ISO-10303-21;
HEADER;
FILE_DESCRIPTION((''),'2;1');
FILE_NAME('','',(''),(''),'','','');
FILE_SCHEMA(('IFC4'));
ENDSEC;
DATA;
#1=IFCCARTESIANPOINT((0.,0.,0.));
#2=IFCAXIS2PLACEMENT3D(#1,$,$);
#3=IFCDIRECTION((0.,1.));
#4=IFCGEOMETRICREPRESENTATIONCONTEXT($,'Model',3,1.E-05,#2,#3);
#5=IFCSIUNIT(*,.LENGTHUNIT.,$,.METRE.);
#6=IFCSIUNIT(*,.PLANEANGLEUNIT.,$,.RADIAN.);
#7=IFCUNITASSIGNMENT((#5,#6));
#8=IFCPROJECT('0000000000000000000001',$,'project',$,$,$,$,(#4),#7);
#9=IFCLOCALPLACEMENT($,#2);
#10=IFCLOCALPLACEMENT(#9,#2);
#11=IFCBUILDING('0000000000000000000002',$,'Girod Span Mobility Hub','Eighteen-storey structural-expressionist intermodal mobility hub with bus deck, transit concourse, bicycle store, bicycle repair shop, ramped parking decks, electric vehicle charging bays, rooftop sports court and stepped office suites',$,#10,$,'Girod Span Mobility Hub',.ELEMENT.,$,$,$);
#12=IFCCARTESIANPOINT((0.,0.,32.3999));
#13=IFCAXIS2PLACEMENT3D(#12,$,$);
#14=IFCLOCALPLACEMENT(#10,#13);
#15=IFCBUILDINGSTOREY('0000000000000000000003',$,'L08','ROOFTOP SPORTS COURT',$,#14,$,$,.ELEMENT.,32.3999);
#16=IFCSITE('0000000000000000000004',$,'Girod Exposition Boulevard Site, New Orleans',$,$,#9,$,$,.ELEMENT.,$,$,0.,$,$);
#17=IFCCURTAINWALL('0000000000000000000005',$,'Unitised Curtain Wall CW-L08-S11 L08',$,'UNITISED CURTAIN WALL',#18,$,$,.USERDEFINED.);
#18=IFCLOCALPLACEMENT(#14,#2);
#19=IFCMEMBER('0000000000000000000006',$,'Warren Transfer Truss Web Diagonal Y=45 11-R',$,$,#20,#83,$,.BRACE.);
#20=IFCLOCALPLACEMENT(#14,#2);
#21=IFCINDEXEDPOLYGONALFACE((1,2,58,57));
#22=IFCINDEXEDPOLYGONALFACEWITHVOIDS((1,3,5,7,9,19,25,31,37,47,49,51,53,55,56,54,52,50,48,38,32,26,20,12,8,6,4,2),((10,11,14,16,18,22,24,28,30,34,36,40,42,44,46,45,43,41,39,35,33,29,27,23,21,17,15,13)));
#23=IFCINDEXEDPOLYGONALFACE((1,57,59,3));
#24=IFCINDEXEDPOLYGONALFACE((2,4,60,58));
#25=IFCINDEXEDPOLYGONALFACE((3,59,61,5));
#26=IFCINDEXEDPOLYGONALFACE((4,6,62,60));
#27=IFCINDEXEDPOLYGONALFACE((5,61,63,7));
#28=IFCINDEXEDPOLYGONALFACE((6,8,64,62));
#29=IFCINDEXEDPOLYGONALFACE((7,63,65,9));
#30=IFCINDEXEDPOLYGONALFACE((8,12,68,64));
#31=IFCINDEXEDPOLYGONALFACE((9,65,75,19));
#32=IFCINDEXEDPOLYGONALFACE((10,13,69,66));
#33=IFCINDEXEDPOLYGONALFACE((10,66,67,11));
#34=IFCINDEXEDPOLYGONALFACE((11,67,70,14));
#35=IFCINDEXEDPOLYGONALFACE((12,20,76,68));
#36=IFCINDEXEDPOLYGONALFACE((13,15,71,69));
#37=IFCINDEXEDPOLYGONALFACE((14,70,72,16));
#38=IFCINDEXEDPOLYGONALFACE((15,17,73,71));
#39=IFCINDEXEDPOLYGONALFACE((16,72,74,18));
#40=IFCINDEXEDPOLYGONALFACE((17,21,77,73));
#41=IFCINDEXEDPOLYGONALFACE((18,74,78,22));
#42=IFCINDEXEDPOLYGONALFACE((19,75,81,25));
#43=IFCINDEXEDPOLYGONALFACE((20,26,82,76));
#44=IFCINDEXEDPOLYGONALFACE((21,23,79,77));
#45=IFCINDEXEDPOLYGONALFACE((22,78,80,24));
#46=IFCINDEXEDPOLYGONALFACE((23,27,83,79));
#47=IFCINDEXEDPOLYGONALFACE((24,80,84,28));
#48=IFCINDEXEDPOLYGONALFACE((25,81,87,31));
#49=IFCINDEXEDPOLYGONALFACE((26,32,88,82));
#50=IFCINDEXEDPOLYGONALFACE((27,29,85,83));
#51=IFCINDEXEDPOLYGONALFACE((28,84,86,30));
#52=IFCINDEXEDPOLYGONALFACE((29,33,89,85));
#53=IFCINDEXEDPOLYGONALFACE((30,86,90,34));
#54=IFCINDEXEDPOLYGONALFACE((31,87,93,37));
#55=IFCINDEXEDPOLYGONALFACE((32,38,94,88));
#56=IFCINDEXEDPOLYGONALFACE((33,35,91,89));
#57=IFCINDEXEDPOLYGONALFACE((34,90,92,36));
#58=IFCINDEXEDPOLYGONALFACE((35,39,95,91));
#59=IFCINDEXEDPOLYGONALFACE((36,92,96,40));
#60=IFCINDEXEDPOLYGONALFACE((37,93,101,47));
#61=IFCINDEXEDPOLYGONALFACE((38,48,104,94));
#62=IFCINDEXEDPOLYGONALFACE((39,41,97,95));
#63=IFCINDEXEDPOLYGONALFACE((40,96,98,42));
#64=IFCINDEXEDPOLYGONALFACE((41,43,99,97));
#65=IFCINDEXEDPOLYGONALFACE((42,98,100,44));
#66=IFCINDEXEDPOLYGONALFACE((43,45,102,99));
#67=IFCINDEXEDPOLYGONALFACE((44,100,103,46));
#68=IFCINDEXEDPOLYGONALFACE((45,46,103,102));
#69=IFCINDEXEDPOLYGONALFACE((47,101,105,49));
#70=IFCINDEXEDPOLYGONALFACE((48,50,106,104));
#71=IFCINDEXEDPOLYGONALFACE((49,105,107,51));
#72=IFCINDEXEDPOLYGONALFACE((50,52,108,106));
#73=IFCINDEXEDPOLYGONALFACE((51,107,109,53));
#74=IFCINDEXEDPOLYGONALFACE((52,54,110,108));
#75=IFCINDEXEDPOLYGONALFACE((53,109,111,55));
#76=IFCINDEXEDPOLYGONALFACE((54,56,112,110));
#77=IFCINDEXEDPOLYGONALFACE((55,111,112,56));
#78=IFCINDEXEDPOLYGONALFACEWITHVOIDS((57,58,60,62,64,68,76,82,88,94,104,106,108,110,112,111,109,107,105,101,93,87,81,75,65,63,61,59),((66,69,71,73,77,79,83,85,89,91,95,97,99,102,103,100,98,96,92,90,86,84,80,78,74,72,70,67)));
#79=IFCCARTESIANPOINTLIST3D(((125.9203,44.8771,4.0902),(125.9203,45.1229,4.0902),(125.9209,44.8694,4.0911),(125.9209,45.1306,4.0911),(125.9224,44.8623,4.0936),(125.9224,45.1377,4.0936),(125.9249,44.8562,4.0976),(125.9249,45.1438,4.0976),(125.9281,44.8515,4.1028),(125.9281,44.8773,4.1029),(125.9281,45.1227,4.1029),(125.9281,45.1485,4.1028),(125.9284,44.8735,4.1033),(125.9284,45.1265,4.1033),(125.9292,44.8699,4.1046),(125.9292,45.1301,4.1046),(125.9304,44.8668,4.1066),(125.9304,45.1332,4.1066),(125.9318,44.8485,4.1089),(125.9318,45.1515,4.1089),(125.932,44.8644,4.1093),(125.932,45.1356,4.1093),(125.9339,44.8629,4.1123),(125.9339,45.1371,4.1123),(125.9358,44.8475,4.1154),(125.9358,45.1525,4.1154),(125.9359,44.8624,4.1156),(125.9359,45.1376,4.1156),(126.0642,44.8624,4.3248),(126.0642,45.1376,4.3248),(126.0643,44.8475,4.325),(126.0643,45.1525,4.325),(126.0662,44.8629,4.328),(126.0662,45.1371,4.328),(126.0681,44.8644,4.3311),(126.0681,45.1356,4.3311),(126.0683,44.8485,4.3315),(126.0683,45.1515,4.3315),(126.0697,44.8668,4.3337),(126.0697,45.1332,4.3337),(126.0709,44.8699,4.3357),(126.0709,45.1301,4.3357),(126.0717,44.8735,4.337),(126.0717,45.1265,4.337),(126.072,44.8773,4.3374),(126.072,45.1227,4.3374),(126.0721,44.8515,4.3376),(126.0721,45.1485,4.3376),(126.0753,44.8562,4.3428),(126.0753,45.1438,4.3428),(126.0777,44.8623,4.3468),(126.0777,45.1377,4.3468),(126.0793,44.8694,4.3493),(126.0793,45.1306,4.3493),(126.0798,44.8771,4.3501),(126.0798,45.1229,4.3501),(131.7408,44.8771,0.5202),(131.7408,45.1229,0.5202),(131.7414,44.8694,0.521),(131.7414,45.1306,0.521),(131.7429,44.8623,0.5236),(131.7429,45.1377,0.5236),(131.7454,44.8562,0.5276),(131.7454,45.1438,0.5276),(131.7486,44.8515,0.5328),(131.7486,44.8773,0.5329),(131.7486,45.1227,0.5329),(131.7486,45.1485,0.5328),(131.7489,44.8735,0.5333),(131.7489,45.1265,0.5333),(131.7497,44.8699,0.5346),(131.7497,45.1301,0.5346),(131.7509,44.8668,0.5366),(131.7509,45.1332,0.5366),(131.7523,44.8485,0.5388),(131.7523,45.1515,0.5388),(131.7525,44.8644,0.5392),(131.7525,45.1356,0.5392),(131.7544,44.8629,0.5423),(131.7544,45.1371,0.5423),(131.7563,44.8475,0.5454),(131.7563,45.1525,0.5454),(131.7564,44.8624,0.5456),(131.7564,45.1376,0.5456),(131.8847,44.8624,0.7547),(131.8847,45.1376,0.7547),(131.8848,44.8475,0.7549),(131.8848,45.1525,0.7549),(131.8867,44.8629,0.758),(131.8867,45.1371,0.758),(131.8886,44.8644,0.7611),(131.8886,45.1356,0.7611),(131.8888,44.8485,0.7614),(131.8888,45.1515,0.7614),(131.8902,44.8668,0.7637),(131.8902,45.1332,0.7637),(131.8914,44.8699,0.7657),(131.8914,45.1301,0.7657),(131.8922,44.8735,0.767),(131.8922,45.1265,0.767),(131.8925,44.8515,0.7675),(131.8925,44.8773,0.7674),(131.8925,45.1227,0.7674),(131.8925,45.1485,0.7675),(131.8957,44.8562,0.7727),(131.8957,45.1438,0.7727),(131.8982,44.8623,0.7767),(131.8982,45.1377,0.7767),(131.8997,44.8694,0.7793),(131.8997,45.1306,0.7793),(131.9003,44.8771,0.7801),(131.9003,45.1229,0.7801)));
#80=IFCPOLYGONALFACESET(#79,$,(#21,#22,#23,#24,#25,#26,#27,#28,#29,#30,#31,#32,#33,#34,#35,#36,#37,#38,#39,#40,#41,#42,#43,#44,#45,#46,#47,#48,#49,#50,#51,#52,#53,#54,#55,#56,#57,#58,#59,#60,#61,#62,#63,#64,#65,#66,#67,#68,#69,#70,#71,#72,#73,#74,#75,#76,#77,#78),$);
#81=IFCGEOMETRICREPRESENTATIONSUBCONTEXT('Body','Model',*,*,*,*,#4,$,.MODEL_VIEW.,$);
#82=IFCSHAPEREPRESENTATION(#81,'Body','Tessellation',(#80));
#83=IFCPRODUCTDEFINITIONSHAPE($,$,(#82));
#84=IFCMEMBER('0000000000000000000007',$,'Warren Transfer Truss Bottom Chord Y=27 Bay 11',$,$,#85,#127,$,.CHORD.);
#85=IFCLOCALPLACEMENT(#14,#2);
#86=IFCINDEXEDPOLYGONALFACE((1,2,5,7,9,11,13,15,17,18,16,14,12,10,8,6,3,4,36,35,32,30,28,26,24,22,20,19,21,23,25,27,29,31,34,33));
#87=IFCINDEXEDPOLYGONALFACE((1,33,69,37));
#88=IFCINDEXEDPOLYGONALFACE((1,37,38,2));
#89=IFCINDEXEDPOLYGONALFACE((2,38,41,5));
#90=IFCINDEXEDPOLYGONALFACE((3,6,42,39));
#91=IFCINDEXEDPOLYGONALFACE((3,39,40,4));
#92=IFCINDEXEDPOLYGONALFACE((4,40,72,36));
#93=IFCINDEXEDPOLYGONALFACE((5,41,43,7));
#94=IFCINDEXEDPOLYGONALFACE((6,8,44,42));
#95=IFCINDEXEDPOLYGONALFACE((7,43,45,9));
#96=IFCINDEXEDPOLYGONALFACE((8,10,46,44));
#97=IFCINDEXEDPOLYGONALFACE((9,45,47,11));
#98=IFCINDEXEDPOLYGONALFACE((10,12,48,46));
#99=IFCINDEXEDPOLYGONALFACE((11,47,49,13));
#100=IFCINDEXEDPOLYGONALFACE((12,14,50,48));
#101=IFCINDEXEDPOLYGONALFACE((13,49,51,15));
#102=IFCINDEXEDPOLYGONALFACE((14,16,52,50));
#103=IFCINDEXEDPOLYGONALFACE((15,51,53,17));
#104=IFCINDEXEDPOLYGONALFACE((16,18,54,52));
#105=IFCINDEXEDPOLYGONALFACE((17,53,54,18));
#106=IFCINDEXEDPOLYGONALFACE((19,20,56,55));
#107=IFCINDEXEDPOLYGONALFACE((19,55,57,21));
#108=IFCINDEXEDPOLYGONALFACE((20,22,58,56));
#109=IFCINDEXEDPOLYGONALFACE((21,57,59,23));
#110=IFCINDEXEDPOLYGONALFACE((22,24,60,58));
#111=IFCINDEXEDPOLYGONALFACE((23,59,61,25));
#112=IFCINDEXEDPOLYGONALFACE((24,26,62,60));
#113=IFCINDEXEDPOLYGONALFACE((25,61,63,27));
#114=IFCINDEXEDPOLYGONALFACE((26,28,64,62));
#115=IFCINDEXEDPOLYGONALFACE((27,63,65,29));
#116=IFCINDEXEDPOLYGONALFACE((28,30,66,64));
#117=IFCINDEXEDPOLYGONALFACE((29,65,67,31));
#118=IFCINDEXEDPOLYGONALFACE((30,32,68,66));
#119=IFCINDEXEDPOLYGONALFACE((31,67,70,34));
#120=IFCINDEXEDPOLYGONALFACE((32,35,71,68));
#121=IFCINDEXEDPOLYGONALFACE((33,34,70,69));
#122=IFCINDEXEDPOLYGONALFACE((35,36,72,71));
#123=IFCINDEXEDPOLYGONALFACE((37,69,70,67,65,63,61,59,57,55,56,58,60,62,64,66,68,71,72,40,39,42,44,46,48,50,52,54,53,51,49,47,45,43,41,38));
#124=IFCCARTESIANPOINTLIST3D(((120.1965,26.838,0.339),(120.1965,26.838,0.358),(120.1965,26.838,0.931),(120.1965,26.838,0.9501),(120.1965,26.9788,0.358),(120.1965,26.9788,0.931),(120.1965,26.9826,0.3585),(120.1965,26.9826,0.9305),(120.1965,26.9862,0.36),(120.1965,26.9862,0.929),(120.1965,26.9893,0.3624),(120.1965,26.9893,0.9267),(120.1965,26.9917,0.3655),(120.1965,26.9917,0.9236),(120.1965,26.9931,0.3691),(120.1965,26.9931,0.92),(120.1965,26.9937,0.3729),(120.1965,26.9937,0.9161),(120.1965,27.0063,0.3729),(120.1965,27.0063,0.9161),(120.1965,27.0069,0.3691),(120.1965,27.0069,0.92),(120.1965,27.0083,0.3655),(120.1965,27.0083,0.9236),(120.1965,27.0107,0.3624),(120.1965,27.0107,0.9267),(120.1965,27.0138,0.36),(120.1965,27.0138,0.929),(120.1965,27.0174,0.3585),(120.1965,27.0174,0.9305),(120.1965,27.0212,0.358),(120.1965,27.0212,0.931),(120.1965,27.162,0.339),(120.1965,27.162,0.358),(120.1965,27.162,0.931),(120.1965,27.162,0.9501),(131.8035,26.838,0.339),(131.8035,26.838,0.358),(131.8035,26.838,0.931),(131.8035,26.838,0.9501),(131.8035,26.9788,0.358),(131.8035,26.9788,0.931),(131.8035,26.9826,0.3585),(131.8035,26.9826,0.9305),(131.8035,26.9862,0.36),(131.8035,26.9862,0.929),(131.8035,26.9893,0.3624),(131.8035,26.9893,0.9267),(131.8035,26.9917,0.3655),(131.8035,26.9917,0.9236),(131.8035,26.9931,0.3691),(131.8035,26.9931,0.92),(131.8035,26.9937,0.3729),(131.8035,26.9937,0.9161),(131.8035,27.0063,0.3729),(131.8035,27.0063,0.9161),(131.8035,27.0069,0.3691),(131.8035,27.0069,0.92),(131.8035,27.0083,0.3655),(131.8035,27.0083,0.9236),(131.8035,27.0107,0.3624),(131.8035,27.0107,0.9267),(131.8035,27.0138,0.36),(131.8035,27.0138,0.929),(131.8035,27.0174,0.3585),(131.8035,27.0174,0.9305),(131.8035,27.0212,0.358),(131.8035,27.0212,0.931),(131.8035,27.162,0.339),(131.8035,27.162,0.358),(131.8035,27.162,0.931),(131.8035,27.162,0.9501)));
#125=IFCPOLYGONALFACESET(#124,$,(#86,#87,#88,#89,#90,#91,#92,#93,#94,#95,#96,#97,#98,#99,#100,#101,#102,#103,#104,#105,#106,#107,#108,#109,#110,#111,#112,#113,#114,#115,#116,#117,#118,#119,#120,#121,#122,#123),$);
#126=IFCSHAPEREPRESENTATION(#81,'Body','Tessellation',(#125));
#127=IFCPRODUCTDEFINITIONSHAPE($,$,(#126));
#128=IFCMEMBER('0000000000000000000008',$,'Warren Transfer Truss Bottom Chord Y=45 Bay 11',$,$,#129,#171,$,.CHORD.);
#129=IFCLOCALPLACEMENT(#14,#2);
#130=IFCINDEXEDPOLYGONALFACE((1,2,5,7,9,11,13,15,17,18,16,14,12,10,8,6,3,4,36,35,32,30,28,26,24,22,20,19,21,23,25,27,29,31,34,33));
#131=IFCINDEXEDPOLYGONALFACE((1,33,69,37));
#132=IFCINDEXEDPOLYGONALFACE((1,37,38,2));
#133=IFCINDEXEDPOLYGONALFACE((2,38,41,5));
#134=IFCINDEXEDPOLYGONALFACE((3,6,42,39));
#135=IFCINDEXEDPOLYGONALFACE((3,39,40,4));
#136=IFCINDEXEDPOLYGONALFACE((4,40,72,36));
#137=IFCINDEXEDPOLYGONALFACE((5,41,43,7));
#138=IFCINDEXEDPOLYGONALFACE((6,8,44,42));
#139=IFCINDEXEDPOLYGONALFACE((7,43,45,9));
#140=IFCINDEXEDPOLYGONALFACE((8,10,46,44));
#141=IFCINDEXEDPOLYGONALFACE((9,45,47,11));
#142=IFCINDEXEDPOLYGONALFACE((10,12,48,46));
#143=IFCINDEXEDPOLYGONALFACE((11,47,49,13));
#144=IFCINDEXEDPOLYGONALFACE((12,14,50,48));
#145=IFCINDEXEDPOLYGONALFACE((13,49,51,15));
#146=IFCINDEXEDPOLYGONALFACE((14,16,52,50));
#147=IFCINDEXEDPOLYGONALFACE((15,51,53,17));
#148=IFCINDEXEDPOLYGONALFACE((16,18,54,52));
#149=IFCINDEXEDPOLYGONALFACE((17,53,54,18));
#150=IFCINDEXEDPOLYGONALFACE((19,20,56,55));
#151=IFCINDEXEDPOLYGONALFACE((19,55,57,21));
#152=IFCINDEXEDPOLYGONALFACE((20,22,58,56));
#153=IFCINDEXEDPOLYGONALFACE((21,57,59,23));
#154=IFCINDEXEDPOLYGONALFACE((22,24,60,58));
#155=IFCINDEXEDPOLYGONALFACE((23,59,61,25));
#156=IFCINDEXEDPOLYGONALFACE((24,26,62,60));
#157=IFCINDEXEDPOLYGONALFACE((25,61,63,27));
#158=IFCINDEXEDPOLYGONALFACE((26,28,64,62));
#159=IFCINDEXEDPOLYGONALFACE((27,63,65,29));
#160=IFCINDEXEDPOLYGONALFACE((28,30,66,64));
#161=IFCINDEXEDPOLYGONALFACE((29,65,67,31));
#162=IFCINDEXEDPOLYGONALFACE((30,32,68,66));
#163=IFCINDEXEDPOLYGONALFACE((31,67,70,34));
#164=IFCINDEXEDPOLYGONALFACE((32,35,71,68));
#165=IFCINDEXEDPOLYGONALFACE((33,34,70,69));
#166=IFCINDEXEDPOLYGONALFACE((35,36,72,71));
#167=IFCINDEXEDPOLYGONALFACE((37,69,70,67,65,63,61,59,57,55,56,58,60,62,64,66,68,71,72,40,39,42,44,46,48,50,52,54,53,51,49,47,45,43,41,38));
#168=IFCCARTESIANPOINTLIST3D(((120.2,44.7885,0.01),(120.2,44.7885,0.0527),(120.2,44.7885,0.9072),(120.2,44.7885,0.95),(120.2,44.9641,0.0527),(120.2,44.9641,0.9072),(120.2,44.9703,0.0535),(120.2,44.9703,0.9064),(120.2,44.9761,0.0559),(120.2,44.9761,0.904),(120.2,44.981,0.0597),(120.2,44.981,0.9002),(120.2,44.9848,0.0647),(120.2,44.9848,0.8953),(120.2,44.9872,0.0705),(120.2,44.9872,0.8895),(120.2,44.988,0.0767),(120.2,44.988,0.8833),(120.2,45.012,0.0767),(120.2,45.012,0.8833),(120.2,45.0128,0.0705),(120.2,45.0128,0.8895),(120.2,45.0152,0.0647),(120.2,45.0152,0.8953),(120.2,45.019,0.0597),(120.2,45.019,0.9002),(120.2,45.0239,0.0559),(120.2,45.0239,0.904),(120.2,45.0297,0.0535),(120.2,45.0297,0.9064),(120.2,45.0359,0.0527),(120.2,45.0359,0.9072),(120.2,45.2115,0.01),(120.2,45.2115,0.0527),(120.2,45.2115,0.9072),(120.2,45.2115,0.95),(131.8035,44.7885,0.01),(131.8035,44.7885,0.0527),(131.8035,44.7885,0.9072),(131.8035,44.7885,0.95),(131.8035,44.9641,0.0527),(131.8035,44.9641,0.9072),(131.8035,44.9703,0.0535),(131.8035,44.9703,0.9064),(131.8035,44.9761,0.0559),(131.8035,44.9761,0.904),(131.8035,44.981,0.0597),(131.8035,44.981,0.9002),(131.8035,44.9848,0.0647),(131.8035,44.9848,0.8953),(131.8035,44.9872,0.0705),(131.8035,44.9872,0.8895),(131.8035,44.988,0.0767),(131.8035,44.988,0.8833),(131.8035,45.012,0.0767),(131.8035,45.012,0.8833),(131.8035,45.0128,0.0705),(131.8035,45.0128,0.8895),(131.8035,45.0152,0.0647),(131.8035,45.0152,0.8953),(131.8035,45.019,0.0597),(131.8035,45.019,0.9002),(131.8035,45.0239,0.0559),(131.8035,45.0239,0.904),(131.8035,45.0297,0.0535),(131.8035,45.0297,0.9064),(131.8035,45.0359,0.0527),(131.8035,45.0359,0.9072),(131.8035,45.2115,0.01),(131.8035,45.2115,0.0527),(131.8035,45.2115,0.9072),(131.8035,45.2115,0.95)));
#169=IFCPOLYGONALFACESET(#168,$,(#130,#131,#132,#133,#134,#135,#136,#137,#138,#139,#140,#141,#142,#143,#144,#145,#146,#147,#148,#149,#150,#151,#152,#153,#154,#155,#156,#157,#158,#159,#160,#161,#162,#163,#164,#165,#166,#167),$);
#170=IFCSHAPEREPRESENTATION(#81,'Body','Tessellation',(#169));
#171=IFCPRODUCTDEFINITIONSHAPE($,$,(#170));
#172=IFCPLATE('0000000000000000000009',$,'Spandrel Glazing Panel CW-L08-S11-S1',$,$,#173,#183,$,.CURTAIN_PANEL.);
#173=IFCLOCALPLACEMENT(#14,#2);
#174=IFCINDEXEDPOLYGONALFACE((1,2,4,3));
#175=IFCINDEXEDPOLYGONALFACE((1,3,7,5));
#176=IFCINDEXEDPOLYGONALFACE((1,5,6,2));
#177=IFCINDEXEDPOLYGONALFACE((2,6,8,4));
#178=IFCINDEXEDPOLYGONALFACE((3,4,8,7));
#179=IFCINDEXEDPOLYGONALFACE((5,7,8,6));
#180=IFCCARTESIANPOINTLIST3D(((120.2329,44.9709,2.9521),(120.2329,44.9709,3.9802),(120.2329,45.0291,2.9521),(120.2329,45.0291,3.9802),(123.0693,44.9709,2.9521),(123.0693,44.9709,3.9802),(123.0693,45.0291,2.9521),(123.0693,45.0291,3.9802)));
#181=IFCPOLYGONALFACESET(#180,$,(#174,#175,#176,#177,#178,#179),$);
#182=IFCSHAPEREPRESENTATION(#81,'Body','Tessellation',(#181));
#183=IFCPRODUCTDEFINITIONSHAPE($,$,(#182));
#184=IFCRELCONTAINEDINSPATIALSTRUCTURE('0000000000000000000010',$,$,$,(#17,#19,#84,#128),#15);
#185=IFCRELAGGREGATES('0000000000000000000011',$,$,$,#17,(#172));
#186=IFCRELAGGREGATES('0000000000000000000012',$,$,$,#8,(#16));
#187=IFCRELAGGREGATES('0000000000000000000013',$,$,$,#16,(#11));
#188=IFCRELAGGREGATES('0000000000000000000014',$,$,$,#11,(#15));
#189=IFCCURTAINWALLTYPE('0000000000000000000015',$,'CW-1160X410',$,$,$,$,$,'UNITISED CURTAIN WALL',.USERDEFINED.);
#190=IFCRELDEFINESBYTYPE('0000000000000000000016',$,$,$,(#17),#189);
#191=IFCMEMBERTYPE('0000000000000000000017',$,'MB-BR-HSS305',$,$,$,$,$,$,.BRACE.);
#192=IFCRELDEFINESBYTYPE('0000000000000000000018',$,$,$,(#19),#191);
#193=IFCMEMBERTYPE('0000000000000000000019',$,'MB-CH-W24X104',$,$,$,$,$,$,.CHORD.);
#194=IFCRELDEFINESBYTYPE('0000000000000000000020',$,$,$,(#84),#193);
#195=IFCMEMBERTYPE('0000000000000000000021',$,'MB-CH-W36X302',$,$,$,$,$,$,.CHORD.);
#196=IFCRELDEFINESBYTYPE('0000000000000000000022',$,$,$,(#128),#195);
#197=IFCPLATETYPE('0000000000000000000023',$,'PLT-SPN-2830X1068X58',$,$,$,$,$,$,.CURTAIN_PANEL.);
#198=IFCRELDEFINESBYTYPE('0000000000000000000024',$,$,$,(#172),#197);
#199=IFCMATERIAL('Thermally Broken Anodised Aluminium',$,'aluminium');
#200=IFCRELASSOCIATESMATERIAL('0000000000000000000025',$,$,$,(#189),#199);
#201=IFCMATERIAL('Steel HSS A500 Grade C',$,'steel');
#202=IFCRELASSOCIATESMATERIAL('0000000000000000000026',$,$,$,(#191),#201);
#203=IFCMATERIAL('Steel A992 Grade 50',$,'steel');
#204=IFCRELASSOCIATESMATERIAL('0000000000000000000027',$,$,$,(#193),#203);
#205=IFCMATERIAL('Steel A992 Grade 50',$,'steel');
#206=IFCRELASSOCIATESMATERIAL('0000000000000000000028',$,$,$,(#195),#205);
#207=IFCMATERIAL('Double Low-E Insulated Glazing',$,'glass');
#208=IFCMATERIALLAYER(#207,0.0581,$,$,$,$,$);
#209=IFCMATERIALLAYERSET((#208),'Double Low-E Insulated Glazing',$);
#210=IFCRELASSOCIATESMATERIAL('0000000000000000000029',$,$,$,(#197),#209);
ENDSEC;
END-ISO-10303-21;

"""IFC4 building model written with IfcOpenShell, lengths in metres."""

from ifc_helpers import new_model, si_unit, direction, frame, origin, origin_2d, place, context, subcontext, project, spatial, rectangle, hollow_rectangle, i_section, extrude, material, layer, layer_set, material_profile, profile_set, type_object, element, aggregate, save


model = new_model("IFC4")

# Units and contexts
model_context = context("Model", 3, precision=1e-05, world=origin(), true_north=direction((0.0, 1.0)))
body_context = subcontext(model_context, "Body", "Model", "MODEL_VIEW")
ifc_project = project(units=[si_unit("LENGTHUNIT", "METRE"), si_unit("PLANEANGLEUNIT", "RADIAN")], contexts=[model_context])

# Site, building, storey
site_placement = place(None, origin())
site = spatial("IfcSite", under=ifc_project, at=site_placement, Name="Girod Exposition Boulevard Site, New Orleans", CompositionType="ELEMENT", RefElevation=0.0)
building_placement = place(site_placement, origin())
building = spatial("IfcBuilding", under=site, at=building_placement, Name="Girod Span Mobility Hub", Description="Eighteen-storey structural-expressionist intermodal mobility hub with bus deck, transit concourse, bicycle store, bicycle repair shop, ramped parking decks, electric vehicle charging bays, rooftop sports court and stepped office suites", LongName="Girod Span Mobility Hub", CompositionType="ELEMENT")
storey_placement = place(building_placement, frame((0.0, 0.0, 32.3999)))
storey = spatial("IfcBuildingStorey", under=building, at=storey_placement, Name="L08", Description="ROOFTOP SPORTS COURT", CompositionType="ELEMENT", Elevation=32.3999)

# Curtain wall
ifc_material_1 = material(Name="Thermally Broken Anodised Aluminium", Category="aluminium")
curtain_wall_type = type_object("IfcCurtainWallType", Name="CW-1160X410", ElementType="UNITISED CURTAIN WALL", PredefinedType="USERDEFINED", material=ifc_material_1)
curtain_wall_1_placement = place(storey_placement, origin())
curtain_wall_1 = element("IfcCurtainWall", 1, at=curtain_wall_1_placement, inside=storey, type_object=curtain_wall_type, Name="Unitised Curtain Wall CW-L08-S11 L08", ObjectType="UNITISED CURTAIN WALL", PredefinedType="USERDEFINED")

# Members
ifc_material_2 = material(Name="Steel HSS A500 Grade C", Category="steel")
ifc_material_profile_1 = material_profile(ifc_material_2, hollow_rectangle(XDim=0.3049, YDim=0.3049, WallThickness=0.0149, InnerFilletRadius=0.0149, OuterFilletRadius=0.0295, at=origin_2d()), Name="HSS305X305X16")
ifc_profile_set_1 = profile_set([ifc_material_profile_1], Name="Steel HSS A500 Grade C")
member_type_1 = type_object("IfcMemberType", Name="MB-BR-HSS305", PredefinedType="BRACE", material=ifc_profile_set_1)
member_1_placement = place(storey_placement, frame((131.8206, 45.0, 0.6501), z_axis=(-0.85243, 0.0, 0.522842), x_axis=(0.0, -1.0, 0.0)))
element("IfcMember", 2, at=member_1_placement, inside=storey, type_object=member_type_1, Name="Warren Transfer Truss Web Diagonal Y=45 11-R", PredefinedType="BRACE", context=body_context, shape_type="SweptSolid", body=[
    extrude(hollow_rectangle(XDim=0.3049, YDim=0.3049, WallThickness=0.0149, InnerFilletRadius=0.0149, OuterFilletRadius=0.0295, at=origin_2d()), origin(), (0.0, 0.0, 1.0), 6.8281),
])
ifc_material_3 = material(Name="Steel A992 Grade 50", Category="steel")
ifc_material_profile_2 = material_profile(ifc_material_3, i_section(OverallWidth=0.324, OverallDepth=0.6111, WebThickness=0.0127, FlangeThickness=0.019, FilletRadius=0.0149, at=origin_2d()), Name="W24X104")
ifc_profile_set_2 = profile_set([ifc_material_profile_2], Name="Steel A992 Grade 50")
member_type_2 = type_object("IfcMemberType", Name="MB-CH-W24X104", PredefinedType="CHORD", material=ifc_profile_set_2)
member_2_placement = place(storey_placement, frame((120.1965, 27.0, 0.6445), z_axis=(1.0, 0.0, 0.0), x_axis=(0.0, 1.0, 0.0)))
element("IfcMember", 3, at=member_2_placement, inside=storey, type_object=member_type_2, Name="Warren Transfer Truss Bottom Chord Y=27 Bay 11", PredefinedType="CHORD", context=body_context, shape_type="SweptSolid", body=[
    extrude(i_section(OverallWidth=0.324, OverallDepth=0.6111, WebThickness=0.0127, FlangeThickness=0.019, FilletRadius=0.0149, at=origin_2d()), origin(), (0.0, 0.0, 1.0), 11.6069),
])
ifc_material_4 = material(Name="Steel A992 Grade 50", Category="steel")
ifc_material_profile_3 = material_profile(ifc_material_4, i_section(OverallWidth=0.4231, OverallDepth=0.9399, WebThickness=0.0239, FlangeThickness=0.0427, FilletRadius=0.0239, at=origin_2d()), Name="W36X302")
ifc_profile_set_3 = profile_set([ifc_material_profile_3], Name="Steel A992 Grade 50")
member_type_3 = type_object("IfcMemberType", Name="MB-CH-W36X302", PredefinedType="CHORD", material=ifc_profile_set_3)
member_3_placement = place(storey_placement, frame((120.2, 45.0, 0.48), z_axis=(1.0, 0.0, 0.0), x_axis=(0.0, 1.0, 0.0)))
element("IfcMember", 4, at=member_3_placement, inside=storey, type_object=member_type_3, Name="Warren Transfer Truss Bottom Chord Y=45 Bay 11", PredefinedType="CHORD", context=body_context, shape_type="SweptSolid", body=[
    extrude(i_section(OverallWidth=0.4231, OverallDepth=0.9399, WebThickness=0.0239, FlangeThickness=0.0427, FilletRadius=0.0239, at=origin_2d()), origin(), (0.0, 0.0, 1.0), 11.6035),
])

# Plate
ifc_material_5 = material(Name="Double Low-E Insulated Glazing", Category="glass")
ifc_layer_1 = layer(ifc_material_5, 0.0581)
ifc_layer_set_1 = layer_set([ifc_layer_1], Name="Double Low-E Insulated Glazing")
plate_type_1 = type_object("IfcPlateType", Name="PLT-SPN-2830X1068X58", PredefinedType="CURTAIN_PANEL", material=ifc_layer_set_1)
plate_1_placement = place(storey_placement, frame((121.6511, 45.0, 2.9521), z_axis=(0.0, 0.0, 1.0), x_axis=(1.0, 0.0, 0.0)))
plate_1 = element("IfcPlate", 5, at=plate_1_placement, type_object=plate_type_1, Name="Spandrel Glazing Panel CW-L08-S11-S1", PredefinedType="CURTAIN_PANEL", context=body_context, shape_type="SweptSolid", body=[
    extrude(rectangle(XDim=2.8364, YDim=0.0581, at=origin_2d()), origin(), (0.0, 0.0, 1.0), 1.0281),
])
aggregate(curtain_wall_1, [plate_1])

save(model, "model.ifc")
